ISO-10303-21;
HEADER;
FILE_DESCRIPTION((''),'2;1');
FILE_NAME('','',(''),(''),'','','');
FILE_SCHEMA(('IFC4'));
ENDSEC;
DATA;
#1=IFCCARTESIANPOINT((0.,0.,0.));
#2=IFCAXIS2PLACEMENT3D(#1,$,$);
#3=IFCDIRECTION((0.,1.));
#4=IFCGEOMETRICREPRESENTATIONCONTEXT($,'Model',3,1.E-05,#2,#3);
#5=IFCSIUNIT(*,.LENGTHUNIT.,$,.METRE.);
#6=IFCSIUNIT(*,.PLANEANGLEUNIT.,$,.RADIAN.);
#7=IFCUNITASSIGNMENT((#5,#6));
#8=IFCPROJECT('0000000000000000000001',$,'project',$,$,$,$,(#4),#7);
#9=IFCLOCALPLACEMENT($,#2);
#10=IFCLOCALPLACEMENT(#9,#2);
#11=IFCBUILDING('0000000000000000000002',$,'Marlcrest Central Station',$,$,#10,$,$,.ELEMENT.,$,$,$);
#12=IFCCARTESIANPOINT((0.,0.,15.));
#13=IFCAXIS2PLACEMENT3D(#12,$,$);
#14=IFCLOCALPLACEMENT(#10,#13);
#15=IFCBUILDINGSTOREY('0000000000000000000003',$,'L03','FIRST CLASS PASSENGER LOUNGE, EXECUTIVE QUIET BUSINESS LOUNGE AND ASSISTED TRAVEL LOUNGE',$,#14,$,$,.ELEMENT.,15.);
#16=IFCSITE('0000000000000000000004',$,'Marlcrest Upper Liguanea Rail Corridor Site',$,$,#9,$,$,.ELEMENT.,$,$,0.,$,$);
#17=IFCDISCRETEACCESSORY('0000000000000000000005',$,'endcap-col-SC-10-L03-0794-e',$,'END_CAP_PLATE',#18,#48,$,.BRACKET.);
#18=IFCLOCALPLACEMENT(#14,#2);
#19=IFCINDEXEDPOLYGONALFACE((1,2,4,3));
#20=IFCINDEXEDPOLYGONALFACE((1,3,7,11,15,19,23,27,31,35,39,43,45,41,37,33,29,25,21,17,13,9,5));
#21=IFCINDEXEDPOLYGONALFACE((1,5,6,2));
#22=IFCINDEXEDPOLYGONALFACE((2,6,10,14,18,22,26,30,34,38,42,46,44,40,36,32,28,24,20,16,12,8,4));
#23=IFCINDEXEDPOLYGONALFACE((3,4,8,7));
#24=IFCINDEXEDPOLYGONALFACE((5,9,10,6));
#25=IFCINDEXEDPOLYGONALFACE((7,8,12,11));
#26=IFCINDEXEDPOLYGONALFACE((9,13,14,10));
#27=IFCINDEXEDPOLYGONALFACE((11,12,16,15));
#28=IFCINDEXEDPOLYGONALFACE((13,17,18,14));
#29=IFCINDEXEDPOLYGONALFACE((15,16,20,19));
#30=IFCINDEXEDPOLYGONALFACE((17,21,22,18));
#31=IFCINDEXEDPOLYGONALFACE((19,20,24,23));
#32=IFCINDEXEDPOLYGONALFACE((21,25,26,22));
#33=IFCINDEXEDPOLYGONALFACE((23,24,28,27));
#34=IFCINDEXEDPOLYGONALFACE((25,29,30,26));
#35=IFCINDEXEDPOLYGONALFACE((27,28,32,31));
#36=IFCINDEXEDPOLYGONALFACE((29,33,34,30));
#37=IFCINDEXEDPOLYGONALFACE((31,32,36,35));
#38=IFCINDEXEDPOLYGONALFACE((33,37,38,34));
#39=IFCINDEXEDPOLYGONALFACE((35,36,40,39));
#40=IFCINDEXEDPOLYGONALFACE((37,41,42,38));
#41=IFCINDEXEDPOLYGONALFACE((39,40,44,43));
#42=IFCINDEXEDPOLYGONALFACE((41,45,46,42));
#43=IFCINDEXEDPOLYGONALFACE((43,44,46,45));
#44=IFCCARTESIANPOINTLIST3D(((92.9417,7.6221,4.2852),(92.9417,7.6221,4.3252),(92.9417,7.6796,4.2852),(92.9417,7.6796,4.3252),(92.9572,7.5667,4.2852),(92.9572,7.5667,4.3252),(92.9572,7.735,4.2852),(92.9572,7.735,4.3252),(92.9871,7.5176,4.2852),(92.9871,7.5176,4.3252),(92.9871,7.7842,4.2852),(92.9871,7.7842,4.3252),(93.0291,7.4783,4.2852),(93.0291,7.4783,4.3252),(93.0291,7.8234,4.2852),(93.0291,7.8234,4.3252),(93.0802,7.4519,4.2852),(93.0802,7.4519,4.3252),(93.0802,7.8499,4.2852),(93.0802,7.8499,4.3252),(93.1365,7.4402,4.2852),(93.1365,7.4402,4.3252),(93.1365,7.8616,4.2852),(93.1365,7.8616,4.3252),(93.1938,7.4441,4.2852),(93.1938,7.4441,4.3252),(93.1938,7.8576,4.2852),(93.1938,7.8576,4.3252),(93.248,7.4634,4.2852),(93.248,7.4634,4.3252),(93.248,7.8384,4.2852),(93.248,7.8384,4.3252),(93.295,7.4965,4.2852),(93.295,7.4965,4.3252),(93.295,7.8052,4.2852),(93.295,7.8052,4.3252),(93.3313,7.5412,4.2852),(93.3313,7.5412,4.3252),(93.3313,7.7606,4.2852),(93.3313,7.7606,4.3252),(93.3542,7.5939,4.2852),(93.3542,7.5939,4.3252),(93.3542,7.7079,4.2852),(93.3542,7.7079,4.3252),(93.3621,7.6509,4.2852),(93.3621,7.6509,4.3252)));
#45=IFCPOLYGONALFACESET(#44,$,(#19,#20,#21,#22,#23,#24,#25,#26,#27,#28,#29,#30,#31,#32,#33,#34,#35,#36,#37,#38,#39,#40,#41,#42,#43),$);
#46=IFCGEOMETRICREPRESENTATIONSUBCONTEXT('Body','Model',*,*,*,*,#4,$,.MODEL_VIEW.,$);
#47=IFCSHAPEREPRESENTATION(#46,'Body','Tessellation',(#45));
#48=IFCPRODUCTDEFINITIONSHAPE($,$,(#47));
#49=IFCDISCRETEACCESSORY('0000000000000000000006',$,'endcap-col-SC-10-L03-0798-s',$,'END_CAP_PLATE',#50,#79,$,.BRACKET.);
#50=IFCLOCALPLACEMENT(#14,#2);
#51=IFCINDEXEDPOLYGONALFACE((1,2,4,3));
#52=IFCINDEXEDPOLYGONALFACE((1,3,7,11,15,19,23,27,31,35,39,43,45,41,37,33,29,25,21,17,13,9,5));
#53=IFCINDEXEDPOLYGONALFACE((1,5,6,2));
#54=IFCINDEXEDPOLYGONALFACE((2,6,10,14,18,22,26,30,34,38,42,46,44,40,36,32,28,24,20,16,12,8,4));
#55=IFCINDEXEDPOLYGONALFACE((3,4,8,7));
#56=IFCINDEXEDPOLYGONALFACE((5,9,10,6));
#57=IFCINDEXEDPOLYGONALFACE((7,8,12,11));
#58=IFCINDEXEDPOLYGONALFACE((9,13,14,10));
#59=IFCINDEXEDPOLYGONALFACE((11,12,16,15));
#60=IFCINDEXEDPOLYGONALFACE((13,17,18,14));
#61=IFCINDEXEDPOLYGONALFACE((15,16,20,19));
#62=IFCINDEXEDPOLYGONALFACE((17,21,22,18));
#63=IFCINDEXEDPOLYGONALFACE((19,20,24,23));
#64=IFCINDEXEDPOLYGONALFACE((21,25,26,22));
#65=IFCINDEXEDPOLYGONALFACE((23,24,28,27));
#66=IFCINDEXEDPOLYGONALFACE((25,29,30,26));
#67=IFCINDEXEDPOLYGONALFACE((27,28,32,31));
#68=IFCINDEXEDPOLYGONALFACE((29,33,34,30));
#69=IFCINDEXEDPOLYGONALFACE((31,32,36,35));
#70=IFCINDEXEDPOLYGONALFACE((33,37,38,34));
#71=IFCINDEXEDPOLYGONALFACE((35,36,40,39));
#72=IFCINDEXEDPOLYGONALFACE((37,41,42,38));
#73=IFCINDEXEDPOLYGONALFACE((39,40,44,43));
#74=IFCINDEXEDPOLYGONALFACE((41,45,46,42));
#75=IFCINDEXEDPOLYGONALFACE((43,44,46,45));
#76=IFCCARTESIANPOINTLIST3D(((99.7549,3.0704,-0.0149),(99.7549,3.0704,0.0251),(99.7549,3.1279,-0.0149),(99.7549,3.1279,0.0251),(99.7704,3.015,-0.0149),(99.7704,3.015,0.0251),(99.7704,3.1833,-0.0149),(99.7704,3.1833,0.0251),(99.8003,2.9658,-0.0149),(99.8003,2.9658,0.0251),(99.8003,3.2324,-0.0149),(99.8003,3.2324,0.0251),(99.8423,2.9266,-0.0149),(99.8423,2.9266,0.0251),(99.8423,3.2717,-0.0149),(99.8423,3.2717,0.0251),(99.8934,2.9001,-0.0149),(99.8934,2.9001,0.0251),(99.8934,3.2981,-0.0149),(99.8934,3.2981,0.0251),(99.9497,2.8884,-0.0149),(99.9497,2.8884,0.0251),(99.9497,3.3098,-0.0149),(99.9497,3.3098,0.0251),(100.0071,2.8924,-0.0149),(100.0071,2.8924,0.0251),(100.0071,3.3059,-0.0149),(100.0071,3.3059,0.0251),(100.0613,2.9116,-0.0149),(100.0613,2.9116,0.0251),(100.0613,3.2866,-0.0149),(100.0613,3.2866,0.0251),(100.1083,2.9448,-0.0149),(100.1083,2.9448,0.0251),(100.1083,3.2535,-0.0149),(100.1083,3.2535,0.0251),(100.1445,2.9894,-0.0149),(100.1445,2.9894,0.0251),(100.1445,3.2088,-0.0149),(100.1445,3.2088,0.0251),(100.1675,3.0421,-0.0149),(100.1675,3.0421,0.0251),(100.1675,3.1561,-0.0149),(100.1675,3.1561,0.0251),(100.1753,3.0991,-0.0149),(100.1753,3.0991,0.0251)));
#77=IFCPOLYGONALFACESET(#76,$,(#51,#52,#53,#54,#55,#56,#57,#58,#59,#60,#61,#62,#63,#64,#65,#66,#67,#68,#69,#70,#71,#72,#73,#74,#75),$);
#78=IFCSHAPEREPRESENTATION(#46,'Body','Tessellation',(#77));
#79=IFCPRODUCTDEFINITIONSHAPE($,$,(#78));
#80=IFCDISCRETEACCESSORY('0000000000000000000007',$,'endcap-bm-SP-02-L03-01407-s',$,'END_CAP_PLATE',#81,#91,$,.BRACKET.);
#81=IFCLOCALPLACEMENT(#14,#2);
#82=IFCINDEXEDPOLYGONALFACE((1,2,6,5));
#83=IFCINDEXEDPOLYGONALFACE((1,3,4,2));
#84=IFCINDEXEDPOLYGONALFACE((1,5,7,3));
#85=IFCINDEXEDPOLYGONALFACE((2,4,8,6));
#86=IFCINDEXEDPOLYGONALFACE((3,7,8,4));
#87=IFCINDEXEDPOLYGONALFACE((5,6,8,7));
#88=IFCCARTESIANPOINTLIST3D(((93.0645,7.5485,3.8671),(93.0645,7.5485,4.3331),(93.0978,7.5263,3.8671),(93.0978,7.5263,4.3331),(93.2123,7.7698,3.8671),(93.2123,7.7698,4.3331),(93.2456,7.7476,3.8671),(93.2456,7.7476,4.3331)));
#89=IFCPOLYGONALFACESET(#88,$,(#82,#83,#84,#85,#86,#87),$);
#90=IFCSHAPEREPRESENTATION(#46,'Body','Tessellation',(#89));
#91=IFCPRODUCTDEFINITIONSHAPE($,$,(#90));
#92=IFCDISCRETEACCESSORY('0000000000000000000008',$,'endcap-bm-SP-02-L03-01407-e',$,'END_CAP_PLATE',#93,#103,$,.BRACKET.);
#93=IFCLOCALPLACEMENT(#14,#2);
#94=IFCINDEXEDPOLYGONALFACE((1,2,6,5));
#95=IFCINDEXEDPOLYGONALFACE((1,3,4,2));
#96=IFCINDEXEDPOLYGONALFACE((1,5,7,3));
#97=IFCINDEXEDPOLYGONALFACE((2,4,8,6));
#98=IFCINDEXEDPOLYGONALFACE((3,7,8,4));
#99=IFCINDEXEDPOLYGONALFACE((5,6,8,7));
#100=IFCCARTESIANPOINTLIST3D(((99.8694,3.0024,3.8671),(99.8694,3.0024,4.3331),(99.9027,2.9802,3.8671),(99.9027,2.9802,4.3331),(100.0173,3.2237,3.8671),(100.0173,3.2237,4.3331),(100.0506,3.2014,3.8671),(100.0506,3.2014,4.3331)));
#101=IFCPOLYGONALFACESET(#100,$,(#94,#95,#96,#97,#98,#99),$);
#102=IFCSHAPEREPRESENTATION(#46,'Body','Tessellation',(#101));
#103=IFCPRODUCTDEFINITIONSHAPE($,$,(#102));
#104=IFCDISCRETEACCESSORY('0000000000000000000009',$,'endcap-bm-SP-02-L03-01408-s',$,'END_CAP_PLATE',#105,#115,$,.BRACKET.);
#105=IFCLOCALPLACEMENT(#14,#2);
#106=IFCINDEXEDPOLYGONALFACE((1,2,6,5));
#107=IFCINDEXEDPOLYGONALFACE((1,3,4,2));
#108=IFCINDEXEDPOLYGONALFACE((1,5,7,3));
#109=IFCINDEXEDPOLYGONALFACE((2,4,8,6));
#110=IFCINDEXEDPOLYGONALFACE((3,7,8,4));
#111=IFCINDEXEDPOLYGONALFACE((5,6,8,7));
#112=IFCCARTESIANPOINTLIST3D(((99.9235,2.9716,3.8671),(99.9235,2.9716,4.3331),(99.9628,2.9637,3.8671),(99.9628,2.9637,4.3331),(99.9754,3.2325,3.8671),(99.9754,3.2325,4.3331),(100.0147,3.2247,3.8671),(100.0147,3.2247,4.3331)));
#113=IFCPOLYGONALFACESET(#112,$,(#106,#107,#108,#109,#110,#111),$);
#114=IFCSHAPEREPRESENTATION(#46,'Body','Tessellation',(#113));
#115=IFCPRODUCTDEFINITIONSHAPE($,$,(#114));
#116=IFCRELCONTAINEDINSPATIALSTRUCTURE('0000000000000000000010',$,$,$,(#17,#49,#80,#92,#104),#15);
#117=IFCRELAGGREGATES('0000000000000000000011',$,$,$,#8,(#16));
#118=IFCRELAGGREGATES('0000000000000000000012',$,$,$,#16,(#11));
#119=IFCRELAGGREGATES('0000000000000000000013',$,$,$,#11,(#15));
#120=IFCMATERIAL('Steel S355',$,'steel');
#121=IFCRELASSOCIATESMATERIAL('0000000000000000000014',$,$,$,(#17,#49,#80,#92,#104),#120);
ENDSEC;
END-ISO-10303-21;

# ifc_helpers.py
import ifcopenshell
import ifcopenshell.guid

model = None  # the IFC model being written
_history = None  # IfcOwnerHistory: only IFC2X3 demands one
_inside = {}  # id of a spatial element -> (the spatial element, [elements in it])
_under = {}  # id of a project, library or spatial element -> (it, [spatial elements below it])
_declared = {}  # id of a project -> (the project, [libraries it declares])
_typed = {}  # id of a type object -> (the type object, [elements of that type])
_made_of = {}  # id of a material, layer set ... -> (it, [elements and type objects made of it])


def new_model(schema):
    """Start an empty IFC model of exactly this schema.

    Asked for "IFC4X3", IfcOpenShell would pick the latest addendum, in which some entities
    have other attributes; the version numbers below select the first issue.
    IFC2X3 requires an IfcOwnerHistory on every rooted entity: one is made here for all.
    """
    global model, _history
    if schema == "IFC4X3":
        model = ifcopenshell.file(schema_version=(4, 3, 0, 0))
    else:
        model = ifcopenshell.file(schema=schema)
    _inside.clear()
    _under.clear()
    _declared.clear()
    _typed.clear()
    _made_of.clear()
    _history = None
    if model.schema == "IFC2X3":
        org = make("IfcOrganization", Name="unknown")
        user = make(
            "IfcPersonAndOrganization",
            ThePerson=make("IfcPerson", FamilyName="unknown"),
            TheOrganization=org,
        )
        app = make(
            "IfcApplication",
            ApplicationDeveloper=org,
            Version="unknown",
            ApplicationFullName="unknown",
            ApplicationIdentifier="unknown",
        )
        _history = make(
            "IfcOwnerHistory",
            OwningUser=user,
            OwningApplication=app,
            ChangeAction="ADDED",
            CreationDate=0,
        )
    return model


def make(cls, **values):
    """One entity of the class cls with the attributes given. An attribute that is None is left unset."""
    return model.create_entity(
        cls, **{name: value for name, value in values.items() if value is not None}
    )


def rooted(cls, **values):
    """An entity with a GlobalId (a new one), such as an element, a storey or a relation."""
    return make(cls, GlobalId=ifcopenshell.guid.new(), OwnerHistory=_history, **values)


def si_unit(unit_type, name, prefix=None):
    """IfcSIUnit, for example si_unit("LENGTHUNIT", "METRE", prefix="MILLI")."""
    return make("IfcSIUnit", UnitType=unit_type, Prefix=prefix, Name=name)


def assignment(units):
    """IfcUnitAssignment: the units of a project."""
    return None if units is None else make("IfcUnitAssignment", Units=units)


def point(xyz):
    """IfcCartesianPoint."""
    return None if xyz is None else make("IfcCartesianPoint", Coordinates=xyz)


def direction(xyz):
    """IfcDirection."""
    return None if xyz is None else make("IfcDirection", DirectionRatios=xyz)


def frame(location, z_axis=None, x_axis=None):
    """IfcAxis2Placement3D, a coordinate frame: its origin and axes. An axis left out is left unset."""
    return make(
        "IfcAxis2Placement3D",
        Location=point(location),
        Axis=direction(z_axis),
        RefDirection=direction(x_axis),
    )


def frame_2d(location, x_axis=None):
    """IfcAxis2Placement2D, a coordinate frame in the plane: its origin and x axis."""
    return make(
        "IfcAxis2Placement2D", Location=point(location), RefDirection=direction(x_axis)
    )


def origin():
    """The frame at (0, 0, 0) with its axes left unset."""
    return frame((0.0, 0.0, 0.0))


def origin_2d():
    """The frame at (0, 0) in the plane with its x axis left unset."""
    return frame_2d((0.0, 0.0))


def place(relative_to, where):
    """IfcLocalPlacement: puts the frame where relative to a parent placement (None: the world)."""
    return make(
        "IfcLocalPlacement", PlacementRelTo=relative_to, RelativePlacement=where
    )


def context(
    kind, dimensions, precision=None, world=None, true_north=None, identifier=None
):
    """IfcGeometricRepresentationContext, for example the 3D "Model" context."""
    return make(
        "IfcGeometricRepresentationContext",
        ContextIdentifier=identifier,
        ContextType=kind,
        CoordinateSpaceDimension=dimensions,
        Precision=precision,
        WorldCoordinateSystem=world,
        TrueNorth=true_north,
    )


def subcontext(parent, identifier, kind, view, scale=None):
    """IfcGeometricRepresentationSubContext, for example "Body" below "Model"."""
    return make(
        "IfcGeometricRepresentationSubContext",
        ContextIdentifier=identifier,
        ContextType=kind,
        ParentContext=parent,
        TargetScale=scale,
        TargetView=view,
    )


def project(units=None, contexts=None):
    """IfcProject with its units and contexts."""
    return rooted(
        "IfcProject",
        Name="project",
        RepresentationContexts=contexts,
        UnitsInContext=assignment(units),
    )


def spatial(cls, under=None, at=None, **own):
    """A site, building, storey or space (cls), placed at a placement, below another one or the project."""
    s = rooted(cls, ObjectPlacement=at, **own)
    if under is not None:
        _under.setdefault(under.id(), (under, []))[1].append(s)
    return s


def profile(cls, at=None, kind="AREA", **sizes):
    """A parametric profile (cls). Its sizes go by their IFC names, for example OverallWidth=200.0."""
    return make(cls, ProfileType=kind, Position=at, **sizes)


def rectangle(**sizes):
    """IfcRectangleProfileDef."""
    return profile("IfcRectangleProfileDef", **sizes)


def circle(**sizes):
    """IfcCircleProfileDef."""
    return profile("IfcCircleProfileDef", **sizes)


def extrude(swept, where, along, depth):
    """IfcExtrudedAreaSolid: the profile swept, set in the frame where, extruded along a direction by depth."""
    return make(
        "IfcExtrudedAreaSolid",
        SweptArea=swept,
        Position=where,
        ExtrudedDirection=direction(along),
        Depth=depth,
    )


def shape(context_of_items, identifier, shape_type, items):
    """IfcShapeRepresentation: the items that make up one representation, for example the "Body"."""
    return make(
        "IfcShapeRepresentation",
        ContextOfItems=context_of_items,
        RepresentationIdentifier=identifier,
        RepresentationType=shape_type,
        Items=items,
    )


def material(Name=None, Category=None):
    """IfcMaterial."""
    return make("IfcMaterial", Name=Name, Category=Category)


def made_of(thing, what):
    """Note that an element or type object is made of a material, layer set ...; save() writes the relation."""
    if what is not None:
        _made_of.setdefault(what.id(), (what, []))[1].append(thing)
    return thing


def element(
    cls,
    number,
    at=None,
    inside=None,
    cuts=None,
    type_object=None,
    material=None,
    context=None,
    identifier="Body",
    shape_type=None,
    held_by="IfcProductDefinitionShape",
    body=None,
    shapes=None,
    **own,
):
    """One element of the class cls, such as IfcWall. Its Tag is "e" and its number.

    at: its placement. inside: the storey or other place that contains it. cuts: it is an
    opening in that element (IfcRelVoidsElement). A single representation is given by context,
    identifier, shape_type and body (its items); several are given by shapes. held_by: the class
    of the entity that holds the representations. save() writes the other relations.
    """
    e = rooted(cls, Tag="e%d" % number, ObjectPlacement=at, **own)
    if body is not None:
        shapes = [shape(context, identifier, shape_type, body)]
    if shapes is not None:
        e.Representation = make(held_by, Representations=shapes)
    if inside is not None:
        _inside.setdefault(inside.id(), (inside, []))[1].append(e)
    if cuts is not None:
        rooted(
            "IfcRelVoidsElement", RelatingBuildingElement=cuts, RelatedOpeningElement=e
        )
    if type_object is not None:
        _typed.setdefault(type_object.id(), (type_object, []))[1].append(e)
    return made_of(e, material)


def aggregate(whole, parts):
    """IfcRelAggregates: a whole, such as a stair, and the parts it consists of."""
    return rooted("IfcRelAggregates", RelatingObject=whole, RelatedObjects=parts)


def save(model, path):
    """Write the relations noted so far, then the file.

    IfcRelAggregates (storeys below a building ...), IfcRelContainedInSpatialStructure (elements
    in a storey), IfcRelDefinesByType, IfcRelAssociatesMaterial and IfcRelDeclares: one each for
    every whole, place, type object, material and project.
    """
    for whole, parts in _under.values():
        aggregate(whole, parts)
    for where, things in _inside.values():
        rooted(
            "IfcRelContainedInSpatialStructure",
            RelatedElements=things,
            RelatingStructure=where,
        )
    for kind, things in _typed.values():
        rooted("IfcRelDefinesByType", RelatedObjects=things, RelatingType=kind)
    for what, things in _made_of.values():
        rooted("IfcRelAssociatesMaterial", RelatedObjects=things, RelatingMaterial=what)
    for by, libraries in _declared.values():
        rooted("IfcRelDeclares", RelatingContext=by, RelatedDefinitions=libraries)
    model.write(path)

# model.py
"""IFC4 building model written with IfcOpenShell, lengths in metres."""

from ifc_helpers import new_model, si_unit, direction, frame, origin, origin_2d, place, context, subcontext, project, spatial, rectangle, circle, extrude, material, element, save


model = new_model("IFC4")

# Units and contexts
model_context = context("Model", 3, precision=1e-05, world=origin(), true_north=direction((0.0, 1.0)))
body_context = subcontext(model_context, "Body", "Model", "MODEL_VIEW")
ifc_project = project(units=[si_unit("LENGTHUNIT", "METRE"), si_unit("PLANEANGLEUNIT", "RADIAN")], contexts=[model_context])

# Site, building, storey
site_placement = place(None, origin())
site = spatial("IfcSite", under=ifc_project, at=site_placement, Name="Marlcrest Upper Liguanea Rail Corridor Site", CompositionType="ELEMENT", RefElevation=0.0)
building_placement = place(site_placement, origin())
building = spatial("IfcBuilding", under=site, at=building_placement, Name="Marlcrest Central Station", CompositionType="ELEMENT")
storey_placement = place(building_placement, frame((0.0, 0.0, 15.0)))
storey = spatial("IfcBuildingStorey", under=building, at=storey_placement, Name="L03", Description="FIRST CLASS PASSENGER LOUNGE, EXECUTIVE QUIET BUSINESS LOUNGE AND ASSISTED TRAVEL LOUNGE", CompositionType="ELEMENT", Elevation=15.0)

# Shared definitions
ifc_material_1 = material(Name="Steel S355", Category="steel")

# Discrete accessories
for number, where, z_axis, x_axis, name in (
    (1, (93.1509, 7.6509, 4.2852), (0.0, 0.0, 1.0), (1.0, 0.0, 0.0), "endcap-col-SC-10-L03-0794-e"),
    (2, (99.9641, 3.0991, -0.0149), (0.0, 0.0, 1.0), (1.0, 0.0, 0.0), "endcap-col-SC-10-L03-0798-s"),
):
    element("IfcDiscreteAccessory", number, at=place(storey_placement, frame(where, z_axis=z_axis, x_axis=x_axis)), inside=storey, material=ifc_material_1, Name=name, ObjectType="END_CAP_PLATE", PredefinedType="BRACKET", context=body_context, shape_type="SweptSolid", body=[
        extrude(circle(Radius=0.2112, at=origin_2d()), origin(), (0.0, 0.0, 1.0), 0.04),
    ])
for number, where, z_axis, x_axis, name in (
    (3, (93.1384, 7.6592, 4.1001), (0.831509, -0.555511, 0.0), (0.555511, 0.831509, 0.0), "endcap-bm-SP-02-L03-01407-s"),
    (4, (99.9434, 3.113, 4.1001), (0.831509, -0.555511, 0.0), (0.555511, 0.831509, 0.0), "endcap-bm-SP-02-L03-01407-e"),
    (5, (99.9495, 3.1021, 4.1001), (0.980769, -0.195171, 0.0), (0.195171, 0.980769, 0.0), "endcap-bm-SP-02-L03-01408-s"),
):
    element("IfcDiscreteAccessory", number, at=place(storey_placement, frame(where, z_axis=z_axis, x_axis=x_axis)), inside=storey, material=ifc_material_1, Name=name, ObjectType="END_CAP_PLATE", PredefinedType="BRACKET", context=body_context, shape_type="SweptSolid", body=[
        extrude(rectangle(XDim=0.2661, YDim=0.4661, at=origin_2d()), origin(), (0.0, 0.0, 1.0), 0.04),
    ])

save(model, "model.ifc")
